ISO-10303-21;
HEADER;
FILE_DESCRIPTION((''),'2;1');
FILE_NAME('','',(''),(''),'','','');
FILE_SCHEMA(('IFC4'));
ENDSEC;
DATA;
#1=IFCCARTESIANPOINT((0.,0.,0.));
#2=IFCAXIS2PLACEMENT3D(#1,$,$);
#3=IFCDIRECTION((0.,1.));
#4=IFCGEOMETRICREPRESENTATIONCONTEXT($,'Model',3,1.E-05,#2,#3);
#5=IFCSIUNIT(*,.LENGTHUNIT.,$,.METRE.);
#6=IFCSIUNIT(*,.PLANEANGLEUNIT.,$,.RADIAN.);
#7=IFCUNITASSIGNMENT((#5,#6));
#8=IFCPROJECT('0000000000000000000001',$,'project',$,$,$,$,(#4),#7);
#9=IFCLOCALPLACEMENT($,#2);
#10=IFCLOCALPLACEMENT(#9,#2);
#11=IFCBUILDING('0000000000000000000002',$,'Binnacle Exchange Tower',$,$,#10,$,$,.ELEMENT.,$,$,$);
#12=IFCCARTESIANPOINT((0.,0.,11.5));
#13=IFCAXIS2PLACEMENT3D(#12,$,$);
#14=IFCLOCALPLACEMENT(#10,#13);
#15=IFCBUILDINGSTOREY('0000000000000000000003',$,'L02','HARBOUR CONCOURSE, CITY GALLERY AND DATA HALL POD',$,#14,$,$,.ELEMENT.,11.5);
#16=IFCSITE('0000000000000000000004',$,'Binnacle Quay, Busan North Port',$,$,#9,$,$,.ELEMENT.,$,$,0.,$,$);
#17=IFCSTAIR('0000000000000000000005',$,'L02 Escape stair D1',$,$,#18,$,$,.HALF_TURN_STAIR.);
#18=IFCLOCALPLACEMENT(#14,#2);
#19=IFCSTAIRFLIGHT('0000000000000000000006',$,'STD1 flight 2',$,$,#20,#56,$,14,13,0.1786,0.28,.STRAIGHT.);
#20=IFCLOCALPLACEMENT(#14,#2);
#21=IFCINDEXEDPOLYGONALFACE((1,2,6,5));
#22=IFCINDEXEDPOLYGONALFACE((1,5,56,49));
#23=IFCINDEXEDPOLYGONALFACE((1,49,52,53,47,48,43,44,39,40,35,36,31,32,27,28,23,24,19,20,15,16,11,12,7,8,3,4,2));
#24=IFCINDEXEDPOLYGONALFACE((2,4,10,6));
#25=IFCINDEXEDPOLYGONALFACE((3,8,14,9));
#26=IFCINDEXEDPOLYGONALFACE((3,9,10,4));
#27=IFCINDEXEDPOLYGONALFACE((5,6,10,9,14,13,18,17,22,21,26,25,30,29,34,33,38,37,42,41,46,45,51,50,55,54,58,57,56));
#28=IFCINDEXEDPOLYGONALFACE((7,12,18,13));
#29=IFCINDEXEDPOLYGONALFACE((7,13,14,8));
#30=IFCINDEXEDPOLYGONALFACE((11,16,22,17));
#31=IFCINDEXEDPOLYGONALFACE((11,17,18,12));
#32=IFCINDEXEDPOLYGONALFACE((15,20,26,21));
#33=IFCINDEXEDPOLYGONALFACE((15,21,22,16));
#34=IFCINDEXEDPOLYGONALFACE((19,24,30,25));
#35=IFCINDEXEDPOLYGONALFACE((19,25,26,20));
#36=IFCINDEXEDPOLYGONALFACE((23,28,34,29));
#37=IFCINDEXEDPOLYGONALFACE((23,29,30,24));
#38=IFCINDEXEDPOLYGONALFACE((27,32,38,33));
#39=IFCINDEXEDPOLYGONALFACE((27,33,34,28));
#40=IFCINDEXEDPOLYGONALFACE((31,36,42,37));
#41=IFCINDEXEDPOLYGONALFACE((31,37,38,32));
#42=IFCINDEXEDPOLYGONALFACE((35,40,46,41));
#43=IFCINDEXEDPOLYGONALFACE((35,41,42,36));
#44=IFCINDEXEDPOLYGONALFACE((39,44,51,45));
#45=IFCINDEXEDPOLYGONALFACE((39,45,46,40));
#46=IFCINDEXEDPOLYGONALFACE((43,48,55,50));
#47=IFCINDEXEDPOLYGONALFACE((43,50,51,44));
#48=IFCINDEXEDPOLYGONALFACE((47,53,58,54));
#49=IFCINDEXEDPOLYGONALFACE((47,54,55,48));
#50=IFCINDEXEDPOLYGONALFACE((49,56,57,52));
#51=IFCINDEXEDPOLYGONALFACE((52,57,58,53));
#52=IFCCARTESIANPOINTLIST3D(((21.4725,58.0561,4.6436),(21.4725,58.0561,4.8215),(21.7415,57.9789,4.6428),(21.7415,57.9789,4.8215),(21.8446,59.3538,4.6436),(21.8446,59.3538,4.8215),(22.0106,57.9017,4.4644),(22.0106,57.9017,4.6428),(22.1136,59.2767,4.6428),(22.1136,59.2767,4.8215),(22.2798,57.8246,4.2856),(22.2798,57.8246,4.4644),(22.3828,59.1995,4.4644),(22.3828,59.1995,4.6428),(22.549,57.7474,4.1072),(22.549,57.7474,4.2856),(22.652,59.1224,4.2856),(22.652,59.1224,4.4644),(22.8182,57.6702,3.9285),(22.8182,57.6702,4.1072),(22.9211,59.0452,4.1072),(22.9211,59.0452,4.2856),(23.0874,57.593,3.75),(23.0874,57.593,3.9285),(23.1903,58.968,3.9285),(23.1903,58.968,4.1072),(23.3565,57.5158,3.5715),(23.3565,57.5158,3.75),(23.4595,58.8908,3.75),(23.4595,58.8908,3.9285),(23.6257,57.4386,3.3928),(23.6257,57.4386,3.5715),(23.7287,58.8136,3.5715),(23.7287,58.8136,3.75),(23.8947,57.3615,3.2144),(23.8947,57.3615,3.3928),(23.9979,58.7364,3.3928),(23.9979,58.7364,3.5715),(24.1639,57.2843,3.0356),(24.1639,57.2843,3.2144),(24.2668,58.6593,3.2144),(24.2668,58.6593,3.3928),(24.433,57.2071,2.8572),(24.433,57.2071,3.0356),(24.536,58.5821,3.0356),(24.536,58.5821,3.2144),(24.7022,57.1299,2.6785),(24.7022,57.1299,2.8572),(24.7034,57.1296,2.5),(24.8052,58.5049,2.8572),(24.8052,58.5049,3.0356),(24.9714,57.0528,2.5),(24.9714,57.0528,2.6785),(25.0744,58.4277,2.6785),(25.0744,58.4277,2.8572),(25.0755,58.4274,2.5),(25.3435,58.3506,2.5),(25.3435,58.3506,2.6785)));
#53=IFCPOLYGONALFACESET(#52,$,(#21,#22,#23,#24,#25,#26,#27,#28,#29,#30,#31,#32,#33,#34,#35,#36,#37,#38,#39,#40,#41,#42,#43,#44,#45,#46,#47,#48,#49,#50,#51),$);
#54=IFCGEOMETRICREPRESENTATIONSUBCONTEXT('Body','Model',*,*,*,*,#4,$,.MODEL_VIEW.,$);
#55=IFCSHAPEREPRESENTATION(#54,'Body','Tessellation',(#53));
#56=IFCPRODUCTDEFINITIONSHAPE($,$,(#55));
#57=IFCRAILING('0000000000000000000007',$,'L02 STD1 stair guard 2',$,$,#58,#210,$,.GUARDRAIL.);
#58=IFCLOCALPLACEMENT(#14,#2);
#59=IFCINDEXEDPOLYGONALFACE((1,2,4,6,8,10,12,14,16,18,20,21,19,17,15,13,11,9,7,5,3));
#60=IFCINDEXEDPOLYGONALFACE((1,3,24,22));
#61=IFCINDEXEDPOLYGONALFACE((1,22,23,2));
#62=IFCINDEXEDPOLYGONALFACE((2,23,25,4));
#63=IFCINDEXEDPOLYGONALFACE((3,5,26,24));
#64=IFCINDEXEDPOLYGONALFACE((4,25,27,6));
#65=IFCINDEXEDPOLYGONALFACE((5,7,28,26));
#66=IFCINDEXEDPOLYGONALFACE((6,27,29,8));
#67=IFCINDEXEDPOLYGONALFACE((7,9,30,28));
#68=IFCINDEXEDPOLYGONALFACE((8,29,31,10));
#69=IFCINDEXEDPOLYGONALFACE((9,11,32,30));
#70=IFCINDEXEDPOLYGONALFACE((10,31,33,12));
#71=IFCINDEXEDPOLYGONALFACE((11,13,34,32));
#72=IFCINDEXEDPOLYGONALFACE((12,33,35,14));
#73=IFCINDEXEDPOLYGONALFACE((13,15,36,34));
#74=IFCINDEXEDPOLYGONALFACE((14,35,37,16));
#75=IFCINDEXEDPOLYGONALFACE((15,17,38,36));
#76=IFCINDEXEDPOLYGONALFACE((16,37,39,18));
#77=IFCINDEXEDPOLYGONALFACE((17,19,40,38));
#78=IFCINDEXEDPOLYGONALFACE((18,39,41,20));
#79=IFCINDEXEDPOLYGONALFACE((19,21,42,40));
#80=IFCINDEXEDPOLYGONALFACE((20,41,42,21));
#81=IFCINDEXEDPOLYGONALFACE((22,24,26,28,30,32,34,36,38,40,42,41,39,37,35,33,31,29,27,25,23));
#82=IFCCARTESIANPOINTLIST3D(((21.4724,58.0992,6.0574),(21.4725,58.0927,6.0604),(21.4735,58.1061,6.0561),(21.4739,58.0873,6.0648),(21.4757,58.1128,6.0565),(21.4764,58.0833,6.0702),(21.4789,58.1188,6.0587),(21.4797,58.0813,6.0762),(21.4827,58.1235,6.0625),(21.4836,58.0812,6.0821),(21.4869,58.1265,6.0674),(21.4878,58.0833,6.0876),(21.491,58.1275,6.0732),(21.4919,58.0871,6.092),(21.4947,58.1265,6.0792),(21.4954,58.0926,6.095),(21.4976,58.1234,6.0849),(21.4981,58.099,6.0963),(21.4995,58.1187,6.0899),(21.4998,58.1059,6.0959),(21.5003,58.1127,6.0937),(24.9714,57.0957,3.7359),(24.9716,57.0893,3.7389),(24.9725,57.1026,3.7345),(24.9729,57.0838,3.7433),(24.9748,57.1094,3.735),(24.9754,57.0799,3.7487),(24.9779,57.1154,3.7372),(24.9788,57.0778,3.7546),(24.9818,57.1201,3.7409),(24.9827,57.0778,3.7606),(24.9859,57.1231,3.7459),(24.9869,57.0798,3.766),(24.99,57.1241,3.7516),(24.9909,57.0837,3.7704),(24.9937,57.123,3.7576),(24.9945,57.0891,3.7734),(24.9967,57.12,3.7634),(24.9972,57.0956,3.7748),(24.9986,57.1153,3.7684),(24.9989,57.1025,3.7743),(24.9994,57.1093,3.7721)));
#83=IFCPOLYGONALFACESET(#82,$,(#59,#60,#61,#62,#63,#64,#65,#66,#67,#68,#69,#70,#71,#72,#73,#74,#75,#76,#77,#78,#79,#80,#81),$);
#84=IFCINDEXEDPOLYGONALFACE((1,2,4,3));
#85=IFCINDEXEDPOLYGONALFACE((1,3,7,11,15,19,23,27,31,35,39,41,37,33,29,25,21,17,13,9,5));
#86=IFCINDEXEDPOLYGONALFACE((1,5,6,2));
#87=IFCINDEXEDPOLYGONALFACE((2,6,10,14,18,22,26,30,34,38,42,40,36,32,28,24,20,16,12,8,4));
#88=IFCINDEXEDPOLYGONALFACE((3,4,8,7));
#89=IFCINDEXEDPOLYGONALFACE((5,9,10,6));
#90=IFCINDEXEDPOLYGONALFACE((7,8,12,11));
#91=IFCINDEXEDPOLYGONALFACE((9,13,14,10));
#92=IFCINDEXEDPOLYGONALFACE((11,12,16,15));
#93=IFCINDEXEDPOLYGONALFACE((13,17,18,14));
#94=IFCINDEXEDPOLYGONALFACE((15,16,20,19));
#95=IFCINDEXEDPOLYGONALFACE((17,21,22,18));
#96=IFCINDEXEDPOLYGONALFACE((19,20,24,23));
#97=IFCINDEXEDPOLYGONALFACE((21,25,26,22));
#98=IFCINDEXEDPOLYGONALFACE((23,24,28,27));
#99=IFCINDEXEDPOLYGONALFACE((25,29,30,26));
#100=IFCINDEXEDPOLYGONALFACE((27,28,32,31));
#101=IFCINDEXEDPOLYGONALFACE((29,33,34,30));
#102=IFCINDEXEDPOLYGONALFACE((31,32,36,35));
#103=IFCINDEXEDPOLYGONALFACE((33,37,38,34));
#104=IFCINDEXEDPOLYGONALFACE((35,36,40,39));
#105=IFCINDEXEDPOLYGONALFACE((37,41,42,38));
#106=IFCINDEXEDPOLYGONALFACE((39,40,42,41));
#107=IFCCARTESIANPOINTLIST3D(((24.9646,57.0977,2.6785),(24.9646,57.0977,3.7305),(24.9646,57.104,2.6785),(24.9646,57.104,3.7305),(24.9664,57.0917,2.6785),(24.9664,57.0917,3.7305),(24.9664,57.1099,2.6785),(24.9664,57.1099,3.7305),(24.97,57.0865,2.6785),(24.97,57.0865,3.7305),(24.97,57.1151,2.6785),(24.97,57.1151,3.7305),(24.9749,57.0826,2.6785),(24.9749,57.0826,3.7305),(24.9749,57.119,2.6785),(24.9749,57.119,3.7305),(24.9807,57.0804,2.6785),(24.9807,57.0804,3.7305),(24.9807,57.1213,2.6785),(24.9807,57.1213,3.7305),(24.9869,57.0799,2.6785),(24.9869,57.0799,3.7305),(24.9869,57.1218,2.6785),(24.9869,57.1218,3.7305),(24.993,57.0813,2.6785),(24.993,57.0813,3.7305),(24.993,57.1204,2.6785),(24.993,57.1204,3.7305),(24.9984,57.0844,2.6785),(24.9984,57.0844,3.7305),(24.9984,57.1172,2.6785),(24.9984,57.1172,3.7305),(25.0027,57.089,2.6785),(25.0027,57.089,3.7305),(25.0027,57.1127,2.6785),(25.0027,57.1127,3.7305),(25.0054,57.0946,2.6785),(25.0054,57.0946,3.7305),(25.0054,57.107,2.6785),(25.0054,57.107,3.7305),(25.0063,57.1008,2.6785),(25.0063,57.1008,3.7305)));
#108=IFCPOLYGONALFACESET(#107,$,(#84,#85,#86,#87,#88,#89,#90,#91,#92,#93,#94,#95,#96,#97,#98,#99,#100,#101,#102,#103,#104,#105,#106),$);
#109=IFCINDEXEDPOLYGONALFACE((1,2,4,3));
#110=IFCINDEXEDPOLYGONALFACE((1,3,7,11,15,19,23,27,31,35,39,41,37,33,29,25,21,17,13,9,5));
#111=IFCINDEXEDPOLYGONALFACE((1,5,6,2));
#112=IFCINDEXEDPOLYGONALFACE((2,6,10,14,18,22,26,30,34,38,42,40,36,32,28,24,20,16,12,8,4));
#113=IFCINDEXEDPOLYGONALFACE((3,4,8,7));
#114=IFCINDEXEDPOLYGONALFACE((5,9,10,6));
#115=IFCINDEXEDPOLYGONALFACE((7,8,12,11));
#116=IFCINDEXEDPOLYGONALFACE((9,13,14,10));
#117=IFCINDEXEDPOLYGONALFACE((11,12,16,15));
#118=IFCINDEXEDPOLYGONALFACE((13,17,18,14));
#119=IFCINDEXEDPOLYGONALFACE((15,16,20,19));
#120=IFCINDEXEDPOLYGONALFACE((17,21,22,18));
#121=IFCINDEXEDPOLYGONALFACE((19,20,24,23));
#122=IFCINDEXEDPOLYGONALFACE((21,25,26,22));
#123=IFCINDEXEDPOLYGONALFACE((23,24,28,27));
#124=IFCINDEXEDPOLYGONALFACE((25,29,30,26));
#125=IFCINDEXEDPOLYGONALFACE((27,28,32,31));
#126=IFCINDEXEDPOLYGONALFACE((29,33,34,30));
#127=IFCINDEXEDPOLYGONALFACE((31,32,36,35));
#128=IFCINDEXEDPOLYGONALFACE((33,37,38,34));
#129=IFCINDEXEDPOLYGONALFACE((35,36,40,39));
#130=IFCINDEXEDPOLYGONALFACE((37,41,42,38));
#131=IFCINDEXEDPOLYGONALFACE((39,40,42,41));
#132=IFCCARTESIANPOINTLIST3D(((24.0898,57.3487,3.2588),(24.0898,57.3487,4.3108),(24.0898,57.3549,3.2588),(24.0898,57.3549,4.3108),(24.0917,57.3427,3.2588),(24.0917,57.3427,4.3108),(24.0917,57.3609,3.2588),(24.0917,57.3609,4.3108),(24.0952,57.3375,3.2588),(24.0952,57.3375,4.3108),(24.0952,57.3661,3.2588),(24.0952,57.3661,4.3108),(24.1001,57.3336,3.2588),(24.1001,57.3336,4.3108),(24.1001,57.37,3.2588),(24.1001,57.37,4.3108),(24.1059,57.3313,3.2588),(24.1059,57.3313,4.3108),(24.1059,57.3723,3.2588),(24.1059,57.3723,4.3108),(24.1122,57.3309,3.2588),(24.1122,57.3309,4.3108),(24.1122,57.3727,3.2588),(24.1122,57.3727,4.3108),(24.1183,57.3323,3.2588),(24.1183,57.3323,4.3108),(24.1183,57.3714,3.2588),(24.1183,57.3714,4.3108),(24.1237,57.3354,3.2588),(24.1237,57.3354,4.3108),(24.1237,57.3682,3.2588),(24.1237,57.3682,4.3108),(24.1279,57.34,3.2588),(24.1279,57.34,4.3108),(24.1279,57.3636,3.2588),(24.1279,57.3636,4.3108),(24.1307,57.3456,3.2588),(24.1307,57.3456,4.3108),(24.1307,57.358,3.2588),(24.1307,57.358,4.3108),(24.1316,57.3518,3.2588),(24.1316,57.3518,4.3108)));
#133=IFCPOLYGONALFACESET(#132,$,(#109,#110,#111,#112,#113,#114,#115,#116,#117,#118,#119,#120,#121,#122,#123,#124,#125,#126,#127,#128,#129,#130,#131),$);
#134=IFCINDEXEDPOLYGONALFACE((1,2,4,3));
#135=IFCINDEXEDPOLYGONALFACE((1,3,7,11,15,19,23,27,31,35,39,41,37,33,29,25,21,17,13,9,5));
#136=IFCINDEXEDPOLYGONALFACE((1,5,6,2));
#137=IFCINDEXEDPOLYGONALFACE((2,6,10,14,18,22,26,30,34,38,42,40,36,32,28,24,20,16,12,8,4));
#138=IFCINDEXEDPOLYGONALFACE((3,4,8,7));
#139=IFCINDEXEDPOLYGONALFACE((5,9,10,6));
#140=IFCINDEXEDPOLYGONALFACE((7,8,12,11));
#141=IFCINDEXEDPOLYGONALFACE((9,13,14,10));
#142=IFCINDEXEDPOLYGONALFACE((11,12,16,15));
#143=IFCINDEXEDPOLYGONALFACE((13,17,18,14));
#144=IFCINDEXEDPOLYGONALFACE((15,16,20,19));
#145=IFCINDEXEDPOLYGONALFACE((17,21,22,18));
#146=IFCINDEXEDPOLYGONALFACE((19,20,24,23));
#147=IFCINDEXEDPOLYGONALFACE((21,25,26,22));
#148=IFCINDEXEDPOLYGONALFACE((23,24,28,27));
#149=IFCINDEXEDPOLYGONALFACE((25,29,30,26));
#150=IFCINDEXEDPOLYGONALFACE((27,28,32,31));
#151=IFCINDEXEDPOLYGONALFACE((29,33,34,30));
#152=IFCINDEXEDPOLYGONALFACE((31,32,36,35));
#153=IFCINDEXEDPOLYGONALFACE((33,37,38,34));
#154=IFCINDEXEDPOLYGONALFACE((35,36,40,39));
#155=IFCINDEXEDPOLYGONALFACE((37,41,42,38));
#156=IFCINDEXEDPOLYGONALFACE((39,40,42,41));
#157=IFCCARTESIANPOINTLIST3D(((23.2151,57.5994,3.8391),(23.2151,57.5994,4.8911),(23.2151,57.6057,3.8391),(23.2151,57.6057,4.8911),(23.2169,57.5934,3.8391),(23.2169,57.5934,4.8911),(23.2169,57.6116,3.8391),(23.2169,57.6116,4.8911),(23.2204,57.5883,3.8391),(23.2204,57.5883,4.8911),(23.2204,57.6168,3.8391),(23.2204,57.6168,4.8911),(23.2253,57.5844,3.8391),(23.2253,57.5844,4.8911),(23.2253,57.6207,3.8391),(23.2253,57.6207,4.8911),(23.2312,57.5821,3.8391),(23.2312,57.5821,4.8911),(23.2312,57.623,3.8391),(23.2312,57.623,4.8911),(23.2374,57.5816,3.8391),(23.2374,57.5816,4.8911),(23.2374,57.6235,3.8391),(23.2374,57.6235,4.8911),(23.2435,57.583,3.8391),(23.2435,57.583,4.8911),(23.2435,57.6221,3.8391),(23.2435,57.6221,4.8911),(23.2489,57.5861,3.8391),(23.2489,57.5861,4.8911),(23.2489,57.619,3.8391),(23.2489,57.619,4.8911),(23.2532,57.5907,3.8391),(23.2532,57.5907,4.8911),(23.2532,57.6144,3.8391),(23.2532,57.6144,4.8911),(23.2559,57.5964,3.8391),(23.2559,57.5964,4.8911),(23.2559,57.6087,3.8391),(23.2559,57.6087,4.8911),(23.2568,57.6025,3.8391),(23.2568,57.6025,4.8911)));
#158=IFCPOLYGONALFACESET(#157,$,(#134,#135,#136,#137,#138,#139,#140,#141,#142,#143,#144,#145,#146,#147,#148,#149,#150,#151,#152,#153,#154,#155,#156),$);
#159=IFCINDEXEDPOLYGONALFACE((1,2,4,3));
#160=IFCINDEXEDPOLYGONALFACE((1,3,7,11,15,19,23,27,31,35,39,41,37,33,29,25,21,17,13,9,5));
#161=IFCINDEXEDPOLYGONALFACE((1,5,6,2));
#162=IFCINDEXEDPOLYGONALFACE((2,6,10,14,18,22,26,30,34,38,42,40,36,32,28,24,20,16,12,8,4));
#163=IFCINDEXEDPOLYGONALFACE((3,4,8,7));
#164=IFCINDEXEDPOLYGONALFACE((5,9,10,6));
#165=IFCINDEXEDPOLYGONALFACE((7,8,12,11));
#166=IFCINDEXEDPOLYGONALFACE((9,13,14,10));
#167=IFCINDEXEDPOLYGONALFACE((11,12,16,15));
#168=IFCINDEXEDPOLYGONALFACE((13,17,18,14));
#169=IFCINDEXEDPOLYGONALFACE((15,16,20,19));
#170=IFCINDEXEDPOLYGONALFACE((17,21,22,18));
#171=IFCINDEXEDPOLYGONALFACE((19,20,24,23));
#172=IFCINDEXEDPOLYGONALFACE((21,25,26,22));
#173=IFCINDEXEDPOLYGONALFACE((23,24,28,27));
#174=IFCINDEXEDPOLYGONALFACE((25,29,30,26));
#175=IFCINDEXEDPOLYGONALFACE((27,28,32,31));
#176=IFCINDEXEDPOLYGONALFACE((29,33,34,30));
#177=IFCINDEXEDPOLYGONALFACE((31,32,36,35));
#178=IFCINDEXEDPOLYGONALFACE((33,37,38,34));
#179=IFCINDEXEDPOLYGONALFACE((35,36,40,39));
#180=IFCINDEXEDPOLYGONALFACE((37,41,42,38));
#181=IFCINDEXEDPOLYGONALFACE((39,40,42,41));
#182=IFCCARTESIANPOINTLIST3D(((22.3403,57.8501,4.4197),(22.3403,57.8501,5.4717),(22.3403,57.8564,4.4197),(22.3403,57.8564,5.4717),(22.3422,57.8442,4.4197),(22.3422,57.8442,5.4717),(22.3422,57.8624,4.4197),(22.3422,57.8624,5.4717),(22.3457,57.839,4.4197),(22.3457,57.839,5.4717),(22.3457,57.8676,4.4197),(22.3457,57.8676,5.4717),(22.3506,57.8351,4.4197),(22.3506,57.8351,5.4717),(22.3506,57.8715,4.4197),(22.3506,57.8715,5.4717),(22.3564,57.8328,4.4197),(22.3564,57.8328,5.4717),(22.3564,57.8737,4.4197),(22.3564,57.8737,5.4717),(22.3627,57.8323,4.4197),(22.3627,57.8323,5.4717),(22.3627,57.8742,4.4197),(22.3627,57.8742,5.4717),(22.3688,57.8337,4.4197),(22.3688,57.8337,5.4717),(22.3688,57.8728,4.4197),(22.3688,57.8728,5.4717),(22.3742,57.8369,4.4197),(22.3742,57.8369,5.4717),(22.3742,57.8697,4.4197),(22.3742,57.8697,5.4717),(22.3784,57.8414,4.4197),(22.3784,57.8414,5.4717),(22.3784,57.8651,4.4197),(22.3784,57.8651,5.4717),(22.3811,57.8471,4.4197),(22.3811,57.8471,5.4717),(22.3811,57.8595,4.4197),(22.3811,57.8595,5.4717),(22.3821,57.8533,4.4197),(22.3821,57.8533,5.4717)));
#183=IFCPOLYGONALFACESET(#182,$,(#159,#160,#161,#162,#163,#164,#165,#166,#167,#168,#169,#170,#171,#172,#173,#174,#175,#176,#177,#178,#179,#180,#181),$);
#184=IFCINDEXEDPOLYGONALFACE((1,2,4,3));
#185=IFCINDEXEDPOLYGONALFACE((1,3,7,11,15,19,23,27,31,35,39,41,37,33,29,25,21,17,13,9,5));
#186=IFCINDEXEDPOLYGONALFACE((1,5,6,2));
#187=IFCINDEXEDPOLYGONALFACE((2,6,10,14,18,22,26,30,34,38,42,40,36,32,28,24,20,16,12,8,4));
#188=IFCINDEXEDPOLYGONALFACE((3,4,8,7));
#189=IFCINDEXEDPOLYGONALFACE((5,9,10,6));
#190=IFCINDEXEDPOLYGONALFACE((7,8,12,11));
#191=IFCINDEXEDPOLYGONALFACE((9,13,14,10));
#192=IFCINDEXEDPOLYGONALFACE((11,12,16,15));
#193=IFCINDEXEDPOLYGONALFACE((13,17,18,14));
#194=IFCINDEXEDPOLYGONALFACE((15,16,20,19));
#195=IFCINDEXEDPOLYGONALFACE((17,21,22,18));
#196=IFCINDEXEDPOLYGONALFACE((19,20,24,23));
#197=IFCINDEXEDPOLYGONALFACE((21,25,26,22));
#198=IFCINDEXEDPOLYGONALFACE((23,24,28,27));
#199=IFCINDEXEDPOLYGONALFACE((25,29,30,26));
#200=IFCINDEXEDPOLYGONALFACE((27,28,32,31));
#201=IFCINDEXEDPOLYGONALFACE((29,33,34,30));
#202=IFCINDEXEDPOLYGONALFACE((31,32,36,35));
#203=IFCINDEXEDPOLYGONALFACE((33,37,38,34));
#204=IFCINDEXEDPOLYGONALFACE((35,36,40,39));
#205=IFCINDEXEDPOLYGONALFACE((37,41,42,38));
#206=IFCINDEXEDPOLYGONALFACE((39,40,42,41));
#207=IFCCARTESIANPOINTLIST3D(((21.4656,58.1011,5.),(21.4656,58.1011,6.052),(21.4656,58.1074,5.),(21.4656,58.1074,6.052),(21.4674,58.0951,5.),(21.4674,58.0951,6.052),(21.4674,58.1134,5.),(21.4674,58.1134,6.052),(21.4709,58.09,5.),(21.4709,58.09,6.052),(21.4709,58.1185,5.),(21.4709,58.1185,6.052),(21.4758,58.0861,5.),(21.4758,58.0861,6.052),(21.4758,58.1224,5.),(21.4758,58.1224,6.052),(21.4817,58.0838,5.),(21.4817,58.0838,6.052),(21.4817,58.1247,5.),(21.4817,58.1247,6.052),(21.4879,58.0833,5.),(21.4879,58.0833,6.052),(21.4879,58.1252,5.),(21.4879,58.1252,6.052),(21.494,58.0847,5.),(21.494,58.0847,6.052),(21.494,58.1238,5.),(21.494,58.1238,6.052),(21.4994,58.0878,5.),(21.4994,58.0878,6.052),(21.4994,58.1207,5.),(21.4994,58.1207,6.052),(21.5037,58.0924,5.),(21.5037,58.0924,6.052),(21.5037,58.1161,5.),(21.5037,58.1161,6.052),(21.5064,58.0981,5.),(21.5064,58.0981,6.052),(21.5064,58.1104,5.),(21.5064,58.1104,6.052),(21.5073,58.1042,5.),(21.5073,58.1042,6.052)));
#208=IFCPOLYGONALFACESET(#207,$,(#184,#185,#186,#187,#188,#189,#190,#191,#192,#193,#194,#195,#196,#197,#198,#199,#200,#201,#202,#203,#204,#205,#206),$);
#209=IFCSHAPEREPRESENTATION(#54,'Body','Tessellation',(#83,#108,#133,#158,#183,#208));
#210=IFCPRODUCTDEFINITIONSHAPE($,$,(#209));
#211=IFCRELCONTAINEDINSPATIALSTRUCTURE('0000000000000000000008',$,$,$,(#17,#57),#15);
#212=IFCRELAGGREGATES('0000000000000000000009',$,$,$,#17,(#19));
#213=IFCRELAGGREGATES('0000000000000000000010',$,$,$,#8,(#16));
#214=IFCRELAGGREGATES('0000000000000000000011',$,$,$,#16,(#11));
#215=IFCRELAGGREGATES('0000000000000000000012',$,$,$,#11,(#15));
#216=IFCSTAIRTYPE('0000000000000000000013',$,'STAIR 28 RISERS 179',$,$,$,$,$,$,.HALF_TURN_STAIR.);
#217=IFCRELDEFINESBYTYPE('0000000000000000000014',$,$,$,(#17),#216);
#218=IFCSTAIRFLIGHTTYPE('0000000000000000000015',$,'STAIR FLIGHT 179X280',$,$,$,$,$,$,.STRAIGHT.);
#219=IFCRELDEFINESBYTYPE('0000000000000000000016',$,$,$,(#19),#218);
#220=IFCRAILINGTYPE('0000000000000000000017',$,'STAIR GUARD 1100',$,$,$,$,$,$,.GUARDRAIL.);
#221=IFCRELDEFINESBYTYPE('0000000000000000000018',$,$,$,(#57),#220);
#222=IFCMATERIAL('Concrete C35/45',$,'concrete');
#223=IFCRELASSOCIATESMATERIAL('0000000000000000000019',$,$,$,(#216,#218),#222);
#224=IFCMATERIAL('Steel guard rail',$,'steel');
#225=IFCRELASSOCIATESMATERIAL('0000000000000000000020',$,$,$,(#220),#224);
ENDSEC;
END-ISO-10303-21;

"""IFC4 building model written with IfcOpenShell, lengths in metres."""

from ifc_helpers import new_model, si_unit, direction, frame, origin, origin_2d, place, context, subcontext, project, spatial, polyline, circle, outline, extrude, material, type_object, element, aggregate, save


model = new_model("IFC4")

# Units and contexts
model_context = context("Model", 3, precision=1e-05, world=origin(), true_north=direction((0.0, 1.0)))
body_context = subcontext(model_context, "Body", "Model", "MODEL_VIEW")
ifc_project = project(units=[si_unit("LENGTHUNIT", "METRE"), si_unit("PLANEANGLEUNIT", "RADIAN")], contexts=[model_context])

# Site, building, storey
site_placement = place(None, origin())
site = spatial("IfcSite", under=ifc_project, at=site_placement, Name="Binnacle Quay, Busan North Port", CompositionType="ELEMENT", RefElevation=0.0)
building_placement = place(site_placement, origin())
building = spatial("IfcBuilding", under=site, at=building_placement, Name="Binnacle Exchange Tower", CompositionType="ELEMENT")
storey_placement = place(building_placement, frame((0.0, 0.0, 11.5)))
storey = spatial("IfcBuildingStorey", under=building, at=storey_placement, Name="L02", Description="HARBOUR CONCOURSE, CITY GALLERY AND DATA HALL POD", CompositionType="ELEMENT", Elevation=11.5)

# Stair, stair flight
ifc_material_1 = material(Name="Concrete C35/45", Category="concrete")
stair_type = type_object("IfcStairType", Name="STAIR 28 RISERS 179", PredefinedType="HALF_TURN_STAIR", material=ifc_material_1)
stair_placement = place(storey_placement, origin())
stair = element("IfcStair", 1, at=stair_placement, inside=storey, type_object=stair_type, Name="L02 Escape stair D1", PredefinedType="HALF_TURN_STAIR")
stair_flight_type = type_object("IfcStairFlightType", Name="STAIR FLIGHT 179X280", PredefinedType="STRAIGHT", material=ifc_material_1)
stair_flight_1_placement = place(storey_placement, frame((25.1575, 57.7017, 2.5), z_axis=(0.0, 0.0, 1.0), x_axis=(-0.961262, 0.275637, 0.0)))
stair_flight_1 = element("IfcStairFlight", 2, at=stair_flight_1_placement, type_object=stair_flight_type, Name="STD1 flight 2", NumberOfRisers=14, NumberOfTreads=13, PredefinedType="STRAIGHT", RiserHeight=0.1786, TreadLength=0.28, context=body_context, shape_type="SweptSolid", body=[
    extrude(outline(polyline([(0.0, 0.0), (0.0, 0.1785), (0.28, 0.1785), (0.28, 0.3572), (0.5601, 0.3572), (0.5601, 0.5356), (0.8401, 0.5356), (0.8401, 0.7144), (1.1201, 0.7144), (1.1201, 0.8928), (1.3999, 0.8928), (1.3999, 1.0715), (1.6799, 1.0715), (1.6799, 1.25), (1.96, 1.25), (1.96, 1.4285), (2.24, 1.4285), (2.24, 1.6072), (2.52, 1.6072), (2.52, 1.7856), (2.8, 1.7856), (2.8, 1.9644), (3.0801, 1.9644), (3.0801, 2.1428), (3.3601, 2.1428), (3.3601, 2.3215), (3.6399, 2.3215), (3.6399, 2.5), (3.6399, 2.1436), (0.2788, 0.0), (0.0, 0.0)])), frame((0.0, 0.675, 0.0), z_axis=(0.0, -1.0, 0.0), x_axis=(1.0, 0.0, 0.0)), (0.0, 0.0, 1.0), 1.3501),
])
aggregate(stair, [stair_flight_1])

# Railing
ifc_material_2 = material(Name="Steel guard rail", Category="steel")
railing_type_1 = type_object("IfcRailingType", Name="STAIR GUARD 1100", PredefinedType="GUARDRAIL", material=ifc_material_2)
railing_1_placement = place(storey_placement, frame((24.9854, 57.1008, 2.6785)))
element("IfcRailing", 3, at=railing_1_placement, inside=storey, type_object=railing_type_1, Name="L02 STD1 stair guard 2", PredefinedType="GUARDRAIL", context=body_context, shape_type="SweptSolid", body=[
    extrude(circle(Radius=0.0239, at=origin_2d()), frame((0.0, 0.0, 1.0762), z_axis=(-0.810456, 0.232415, 0.537722), x_axis=(-0.27566, -0.961255, 0.0)), (0.0, 0.0, 1.0), 4.3174),
    extrude(circle(Radius=0.021, at=origin_2d()), origin(), (0.0, 0.0, 1.0), 1.052),
    extrude(circle(Radius=0.021, at=origin_2d()), frame((-0.8748, 0.251, 0.5803)), (0.0, 0.0, 1.0), 1.052),
    extrude(circle(Radius=0.021, at=origin_2d()), frame((-1.7495, 0.5017, 1.1606)), (0.0, 0.0, 1.0), 1.052),
    extrude(circle(Radius=0.021, at=origin_2d()), frame((-2.6243, 0.7524, 1.7412)), (0.0, 0.0, 1.0), 1.052),
    extrude(circle(Radius=0.021, at=origin_2d()), frame((-3.499, 1.0034, 2.3215)), (0.0, 0.0, 1.0), 1.052),
])

save(model, "model.ifc")
